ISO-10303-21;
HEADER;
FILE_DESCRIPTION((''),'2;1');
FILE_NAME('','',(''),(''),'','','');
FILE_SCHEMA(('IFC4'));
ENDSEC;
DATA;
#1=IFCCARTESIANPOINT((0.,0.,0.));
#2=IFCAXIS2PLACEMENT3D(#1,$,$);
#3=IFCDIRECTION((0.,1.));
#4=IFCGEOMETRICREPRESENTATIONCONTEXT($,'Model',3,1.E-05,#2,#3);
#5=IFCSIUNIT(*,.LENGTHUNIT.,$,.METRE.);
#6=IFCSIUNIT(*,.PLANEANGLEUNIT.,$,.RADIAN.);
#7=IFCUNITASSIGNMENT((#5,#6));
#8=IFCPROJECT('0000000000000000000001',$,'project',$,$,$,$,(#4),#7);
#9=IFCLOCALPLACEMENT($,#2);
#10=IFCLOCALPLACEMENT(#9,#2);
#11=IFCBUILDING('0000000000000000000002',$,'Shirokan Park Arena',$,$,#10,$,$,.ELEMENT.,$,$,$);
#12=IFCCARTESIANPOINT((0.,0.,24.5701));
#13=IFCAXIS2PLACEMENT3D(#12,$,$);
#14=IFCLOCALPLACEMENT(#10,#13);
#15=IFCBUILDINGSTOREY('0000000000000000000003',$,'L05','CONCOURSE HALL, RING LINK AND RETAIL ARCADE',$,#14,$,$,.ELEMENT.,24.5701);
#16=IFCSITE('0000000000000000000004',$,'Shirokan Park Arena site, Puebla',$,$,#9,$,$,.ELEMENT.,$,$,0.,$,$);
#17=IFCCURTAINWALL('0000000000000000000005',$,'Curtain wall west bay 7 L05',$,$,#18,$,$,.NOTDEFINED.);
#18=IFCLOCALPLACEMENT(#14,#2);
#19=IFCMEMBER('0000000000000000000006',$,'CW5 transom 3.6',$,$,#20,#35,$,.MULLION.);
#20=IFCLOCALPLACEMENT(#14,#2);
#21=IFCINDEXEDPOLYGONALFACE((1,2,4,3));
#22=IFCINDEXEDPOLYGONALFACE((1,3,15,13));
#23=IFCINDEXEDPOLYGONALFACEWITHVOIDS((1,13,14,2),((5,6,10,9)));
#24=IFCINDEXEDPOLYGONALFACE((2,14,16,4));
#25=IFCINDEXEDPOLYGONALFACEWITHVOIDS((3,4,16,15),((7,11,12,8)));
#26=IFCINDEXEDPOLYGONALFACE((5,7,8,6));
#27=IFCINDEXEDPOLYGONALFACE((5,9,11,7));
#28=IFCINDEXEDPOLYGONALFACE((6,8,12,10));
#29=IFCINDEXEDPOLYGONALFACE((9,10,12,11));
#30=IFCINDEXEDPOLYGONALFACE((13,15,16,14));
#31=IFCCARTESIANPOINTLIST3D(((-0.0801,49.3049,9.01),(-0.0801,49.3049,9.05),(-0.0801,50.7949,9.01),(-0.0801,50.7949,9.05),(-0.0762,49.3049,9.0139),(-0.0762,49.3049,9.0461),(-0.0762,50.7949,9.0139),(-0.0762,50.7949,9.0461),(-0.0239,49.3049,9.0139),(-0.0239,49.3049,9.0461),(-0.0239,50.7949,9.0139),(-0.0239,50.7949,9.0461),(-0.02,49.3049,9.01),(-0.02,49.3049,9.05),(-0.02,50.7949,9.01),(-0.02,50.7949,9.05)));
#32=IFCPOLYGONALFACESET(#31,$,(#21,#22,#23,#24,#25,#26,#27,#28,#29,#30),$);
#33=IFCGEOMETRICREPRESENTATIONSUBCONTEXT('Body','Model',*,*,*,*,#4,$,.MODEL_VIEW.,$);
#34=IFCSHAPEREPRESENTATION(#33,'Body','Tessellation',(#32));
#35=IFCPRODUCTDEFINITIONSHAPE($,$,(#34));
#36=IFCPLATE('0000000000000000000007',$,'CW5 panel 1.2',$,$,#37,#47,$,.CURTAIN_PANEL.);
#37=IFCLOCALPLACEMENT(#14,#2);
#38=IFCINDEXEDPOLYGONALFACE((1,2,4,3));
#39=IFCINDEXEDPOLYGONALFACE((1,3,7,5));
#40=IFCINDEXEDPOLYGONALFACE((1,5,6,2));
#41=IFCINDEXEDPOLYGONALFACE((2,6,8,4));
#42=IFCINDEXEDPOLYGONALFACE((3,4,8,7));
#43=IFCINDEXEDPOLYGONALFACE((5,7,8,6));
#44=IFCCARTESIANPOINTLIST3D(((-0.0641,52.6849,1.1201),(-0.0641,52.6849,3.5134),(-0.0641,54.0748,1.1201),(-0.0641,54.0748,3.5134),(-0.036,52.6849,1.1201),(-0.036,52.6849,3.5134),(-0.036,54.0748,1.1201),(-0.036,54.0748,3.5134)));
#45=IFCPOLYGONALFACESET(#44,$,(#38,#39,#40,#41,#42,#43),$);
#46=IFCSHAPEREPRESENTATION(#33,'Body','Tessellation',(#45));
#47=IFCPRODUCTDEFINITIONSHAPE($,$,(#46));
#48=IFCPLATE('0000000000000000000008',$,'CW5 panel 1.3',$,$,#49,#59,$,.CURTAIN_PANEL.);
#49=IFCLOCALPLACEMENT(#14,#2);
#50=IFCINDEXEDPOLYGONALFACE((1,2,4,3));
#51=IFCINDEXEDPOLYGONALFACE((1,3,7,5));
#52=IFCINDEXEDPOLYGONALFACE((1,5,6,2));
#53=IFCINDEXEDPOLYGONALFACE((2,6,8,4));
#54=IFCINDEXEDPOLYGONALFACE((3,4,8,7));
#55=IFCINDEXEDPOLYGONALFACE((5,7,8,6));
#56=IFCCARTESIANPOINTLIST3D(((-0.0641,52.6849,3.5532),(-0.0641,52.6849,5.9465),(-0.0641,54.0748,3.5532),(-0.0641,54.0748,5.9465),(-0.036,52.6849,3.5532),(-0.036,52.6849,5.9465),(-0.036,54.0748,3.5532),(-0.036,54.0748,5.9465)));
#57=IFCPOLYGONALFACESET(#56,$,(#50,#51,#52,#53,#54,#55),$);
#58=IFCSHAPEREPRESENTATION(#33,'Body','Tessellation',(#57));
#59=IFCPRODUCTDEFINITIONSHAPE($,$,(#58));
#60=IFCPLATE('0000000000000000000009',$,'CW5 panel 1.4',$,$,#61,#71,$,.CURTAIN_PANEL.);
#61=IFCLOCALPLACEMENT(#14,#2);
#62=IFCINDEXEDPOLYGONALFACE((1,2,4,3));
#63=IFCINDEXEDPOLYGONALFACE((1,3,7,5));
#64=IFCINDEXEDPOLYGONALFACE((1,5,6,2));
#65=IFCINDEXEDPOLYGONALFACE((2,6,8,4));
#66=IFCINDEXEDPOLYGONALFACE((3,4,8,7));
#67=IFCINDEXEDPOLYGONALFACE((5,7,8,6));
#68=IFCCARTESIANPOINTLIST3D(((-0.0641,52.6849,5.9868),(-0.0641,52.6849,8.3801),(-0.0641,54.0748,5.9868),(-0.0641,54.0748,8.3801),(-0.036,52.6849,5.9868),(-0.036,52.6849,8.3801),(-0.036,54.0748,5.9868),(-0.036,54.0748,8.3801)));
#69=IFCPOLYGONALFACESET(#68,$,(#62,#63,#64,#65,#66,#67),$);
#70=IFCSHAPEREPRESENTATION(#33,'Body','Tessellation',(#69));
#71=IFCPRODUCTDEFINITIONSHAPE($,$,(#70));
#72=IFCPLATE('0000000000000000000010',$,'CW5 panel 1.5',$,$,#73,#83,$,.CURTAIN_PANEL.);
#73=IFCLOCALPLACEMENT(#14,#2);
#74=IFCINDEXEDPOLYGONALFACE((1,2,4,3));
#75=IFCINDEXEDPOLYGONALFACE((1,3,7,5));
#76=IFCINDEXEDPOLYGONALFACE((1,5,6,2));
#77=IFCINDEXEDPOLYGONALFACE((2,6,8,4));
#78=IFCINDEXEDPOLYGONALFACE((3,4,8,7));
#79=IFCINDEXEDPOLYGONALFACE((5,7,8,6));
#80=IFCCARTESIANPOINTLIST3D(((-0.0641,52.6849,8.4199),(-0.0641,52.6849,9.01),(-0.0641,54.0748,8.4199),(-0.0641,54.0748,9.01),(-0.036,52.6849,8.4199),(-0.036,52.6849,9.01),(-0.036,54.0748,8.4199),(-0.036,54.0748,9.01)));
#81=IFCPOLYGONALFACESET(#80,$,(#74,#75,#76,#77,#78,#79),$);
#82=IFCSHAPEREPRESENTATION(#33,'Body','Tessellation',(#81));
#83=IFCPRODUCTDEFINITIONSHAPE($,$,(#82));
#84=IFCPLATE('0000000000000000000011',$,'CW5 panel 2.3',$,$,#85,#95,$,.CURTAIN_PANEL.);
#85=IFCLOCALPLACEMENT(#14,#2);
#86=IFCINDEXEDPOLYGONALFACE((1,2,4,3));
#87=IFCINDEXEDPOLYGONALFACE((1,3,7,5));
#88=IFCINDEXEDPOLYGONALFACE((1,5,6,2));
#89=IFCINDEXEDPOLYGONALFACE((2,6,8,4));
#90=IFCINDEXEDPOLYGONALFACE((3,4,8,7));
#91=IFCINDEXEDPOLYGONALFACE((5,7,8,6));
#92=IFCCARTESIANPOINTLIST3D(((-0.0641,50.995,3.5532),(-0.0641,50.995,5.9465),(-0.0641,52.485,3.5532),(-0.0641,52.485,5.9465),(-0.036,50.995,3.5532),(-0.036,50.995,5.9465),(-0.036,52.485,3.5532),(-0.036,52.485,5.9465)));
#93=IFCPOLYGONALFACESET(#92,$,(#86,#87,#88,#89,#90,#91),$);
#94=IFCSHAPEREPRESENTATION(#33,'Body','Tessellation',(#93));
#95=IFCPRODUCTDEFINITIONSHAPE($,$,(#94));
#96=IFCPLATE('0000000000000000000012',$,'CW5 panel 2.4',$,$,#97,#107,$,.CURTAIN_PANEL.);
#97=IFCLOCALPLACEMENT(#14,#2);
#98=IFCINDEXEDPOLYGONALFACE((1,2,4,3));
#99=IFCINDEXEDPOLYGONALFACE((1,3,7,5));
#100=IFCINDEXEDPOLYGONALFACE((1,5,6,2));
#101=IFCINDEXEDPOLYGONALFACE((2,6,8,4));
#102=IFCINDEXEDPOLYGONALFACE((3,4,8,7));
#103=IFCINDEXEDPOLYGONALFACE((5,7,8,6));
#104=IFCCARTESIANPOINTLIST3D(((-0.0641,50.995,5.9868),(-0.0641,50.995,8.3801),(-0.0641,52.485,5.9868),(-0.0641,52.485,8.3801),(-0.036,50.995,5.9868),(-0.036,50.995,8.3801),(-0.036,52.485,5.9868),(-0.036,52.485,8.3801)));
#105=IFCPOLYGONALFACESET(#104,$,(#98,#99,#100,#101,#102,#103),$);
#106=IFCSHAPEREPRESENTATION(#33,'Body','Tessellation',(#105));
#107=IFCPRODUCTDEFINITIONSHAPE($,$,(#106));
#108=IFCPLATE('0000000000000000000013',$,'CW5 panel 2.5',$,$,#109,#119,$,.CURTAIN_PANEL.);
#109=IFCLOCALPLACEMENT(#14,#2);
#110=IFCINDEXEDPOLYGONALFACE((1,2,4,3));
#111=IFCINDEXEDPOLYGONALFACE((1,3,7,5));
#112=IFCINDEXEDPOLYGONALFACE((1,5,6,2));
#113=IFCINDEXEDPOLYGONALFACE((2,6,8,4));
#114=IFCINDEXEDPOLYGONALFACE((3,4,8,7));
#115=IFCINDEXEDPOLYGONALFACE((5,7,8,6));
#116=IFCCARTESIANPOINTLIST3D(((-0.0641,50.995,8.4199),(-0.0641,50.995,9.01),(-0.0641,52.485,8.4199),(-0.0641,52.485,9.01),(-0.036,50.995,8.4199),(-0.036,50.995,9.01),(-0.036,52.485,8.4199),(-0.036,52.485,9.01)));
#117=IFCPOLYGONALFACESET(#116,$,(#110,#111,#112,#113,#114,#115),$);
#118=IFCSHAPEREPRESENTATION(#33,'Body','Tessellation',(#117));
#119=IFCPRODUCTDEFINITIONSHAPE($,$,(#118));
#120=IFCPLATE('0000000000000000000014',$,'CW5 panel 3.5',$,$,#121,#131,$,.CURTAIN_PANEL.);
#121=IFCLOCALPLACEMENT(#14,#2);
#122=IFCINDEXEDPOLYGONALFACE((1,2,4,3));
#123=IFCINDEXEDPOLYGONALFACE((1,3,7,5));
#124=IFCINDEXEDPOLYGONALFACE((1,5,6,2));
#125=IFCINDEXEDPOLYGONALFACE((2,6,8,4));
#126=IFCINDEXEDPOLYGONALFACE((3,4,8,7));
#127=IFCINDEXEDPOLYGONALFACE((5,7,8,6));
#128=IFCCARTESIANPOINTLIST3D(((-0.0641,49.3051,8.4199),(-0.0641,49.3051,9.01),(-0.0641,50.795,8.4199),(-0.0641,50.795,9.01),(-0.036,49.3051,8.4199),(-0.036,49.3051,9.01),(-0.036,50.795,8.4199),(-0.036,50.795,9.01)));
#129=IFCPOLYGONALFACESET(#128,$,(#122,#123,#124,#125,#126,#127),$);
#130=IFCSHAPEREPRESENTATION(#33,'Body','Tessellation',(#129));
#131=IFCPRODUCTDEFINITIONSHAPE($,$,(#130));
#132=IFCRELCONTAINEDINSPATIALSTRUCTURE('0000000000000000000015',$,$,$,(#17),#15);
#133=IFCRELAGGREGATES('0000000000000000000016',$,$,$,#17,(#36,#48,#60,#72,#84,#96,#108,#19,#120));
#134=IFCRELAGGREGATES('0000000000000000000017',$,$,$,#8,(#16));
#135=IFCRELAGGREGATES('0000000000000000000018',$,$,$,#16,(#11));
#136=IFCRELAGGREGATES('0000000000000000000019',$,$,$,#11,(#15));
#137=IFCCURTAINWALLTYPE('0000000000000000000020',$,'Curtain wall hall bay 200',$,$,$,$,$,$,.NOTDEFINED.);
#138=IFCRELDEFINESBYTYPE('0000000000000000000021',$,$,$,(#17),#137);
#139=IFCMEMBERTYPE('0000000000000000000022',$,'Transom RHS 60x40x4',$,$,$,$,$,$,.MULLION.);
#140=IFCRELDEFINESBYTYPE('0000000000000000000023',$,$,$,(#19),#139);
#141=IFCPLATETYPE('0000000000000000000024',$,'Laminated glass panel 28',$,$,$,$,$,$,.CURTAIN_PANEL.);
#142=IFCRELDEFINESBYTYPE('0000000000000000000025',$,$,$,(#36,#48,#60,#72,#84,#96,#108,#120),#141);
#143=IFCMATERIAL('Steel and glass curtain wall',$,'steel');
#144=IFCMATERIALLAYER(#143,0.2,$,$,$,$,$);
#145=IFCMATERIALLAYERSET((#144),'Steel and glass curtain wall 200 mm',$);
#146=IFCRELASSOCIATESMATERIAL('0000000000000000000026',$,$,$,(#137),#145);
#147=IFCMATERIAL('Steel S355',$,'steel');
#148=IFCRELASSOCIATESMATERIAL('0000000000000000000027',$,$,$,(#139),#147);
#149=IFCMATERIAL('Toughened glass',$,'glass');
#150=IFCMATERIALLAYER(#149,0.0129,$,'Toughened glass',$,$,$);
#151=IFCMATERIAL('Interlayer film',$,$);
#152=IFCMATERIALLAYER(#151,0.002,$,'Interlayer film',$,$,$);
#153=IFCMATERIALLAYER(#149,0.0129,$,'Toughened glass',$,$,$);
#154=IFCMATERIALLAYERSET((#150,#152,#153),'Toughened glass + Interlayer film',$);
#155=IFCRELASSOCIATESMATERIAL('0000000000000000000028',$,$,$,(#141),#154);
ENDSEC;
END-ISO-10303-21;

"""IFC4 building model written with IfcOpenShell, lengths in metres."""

from ifc_helpers import new_model, si_unit, direction, frame, origin, origin_2d, place, context, subcontext, project, spatial, rectangle, hollow_rectangle, extrude, material, layer, layer_set, material_profile, profile_set, type_object, element, aggregate, save


model = new_model("IFC4")

# Units and contexts
model_context = context("Model", 3, precision=1e-05, world=origin(), true_north=direction((0.0, 1.0)))
body_context = subcontext(model_context, "Body", "Model", "MODEL_VIEW")
ifc_project = project(units=[si_unit("LENGTHUNIT", "METRE"), si_unit("PLANEANGLEUNIT", "RADIAN")], contexts=[model_context])

# Site, building, storey
site_placement = place(None, origin())
site = spatial("IfcSite", under=ifc_project, at=site_placement, Name="Shirokan Park Arena site, Puebla", CompositionType="ELEMENT", RefElevation=0.0)
building_placement = place(site_placement, origin())
building = spatial("IfcBuilding", under=site, at=building_placement, Name="Shirokan Park Arena", CompositionType="ELEMENT")
storey_placement = place(building_placement, frame((0.0, 0.0, 24.5701)))
storey = spatial("IfcBuildingStorey", under=building, at=storey_placement, Name="L05", Description="CONCOURSE HALL, RING LINK AND RETAIL ARCADE", CompositionType="ELEMENT", Elevation=24.5701)

# Curtain wall, member, plates
ifc_material_1 = material(Name="Steel and glass curtain wall", Category="steel")
ifc_layer_1 = layer(ifc_material_1, 0.2)
ifc_layer_set_1 = layer_set([ifc_layer_1], Name="Steel and glass curtain wall 200 mm")
curtain_wall_type = type_object("IfcCurtainWallType", Name="Curtain wall hall bay 200", PredefinedType="NOTDEFINED", material=ifc_layer_set_1)
curtain_wall_placement = place(storey_placement, origin())
curtain_wall = element("IfcCurtainWall", 1, at=curtain_wall_placement, inside=storey, type_object=curtain_wall_type, Name="Curtain wall west bay 7 L05", PredefinedType="NOTDEFINED")
ifc_material_2 = material(Name="Steel S355", Category="steel")
ifc_material_profile = material_profile(ifc_material_2, hollow_rectangle(XDim=0.0601, YDim=0.04, WallThickness=0.0039, at=origin_2d()), Name="RHS 60x40x4")
ifc_profile_set = profile_set([ifc_material_profile], Name="Steel S355")
member_type = type_object("IfcMemberType", Name="Transom RHS 60x40x4", PredefinedType="MULLION", material=ifc_profile_set)
member_1_placement = place(storey_placement, frame((-0.05, 50.7949, 9.03), z_axis=(0.0, -1.0, 0.0), x_axis=(1.0, 0.0, 0.0)))
member_1 = element("IfcMember", 2, at=member_1_placement, type_object=member_type, Name="CW5 transom 3.6", PredefinedType="MULLION", context=body_context, shape_type="SweptSolid", body=[
    extrude(hollow_rectangle(XDim=0.0601, YDim=0.04, WallThickness=0.0039, at=origin_2d()), origin(), (0.0, 0.0, 1.0), 1.49),
])
ifc_material_3 = material(Name="Toughened glass", Category="glass")
ifc_layer_2 = layer(ifc_material_3, 0.0129, Name="Toughened glass")
ifc_material_4 = material(Name="Interlayer film")
ifc_layer_3 = layer(ifc_material_4, 0.002, Name="Interlayer film")
ifc_layer_4 = layer(ifc_material_3, 0.0129, Name="Toughened glass")
ifc_layer_set_2 = layer_set([ifc_layer_2, ifc_layer_3, ifc_layer_4], Name="Toughened glass + Interlayer film")
plate_type = type_object("IfcPlateType", Name="Laminated glass panel 28", PredefinedType="CURTAIN_PANEL", material=ifc_layer_set_2)
plate_1_placement = place(storey_placement, frame((-0.05, 53.3799, 1.1201), z_axis=(0.0, 0.0, 1.0), x_axis=(0.0, -1.0, 0.0)))
plate_1 = element("IfcPlate", 3, at=plate_1_placement, type_object=plate_type, Name="CW5 panel 1.2", PredefinedType="CURTAIN_PANEL", context=body_context, shape_type="SweptSolid", body=[
    extrude(rectangle(XDim=1.3899, YDim=0.0281, at=origin_2d()), origin(), (0.0, 0.0, 1.0), 2.3933),
])
plate_2_placement = place(storey_placement, frame((-0.05, 53.3799, 3.5532), z_axis=(0.0, 0.0, 1.0), x_axis=(0.0, -1.0, 0.0)))
plate_2 = element("IfcPlate", 4, at=plate_2_placement, type_object=plate_type, Name="CW5 panel 1.3", PredefinedType="CURTAIN_PANEL", context=body_context, shape_type="SweptSolid", body=[
    extrude(rectangle(XDim=1.3899, YDim=0.0281, at=origin_2d()), origin(), (0.0, 0.0, 1.0), 2.3933),
])
plate_3_placement = place(storey_placement, frame((-0.05, 53.3799, 5.9868), z_axis=(0.0, 0.0, 1.0), x_axis=(0.0, -1.0, 0.0)))
plate_3 = element("IfcPlate", 5, at=plate_3_placement, type_object=plate_type, Name="CW5 panel 1.4", PredefinedType="CURTAIN_PANEL", context=body_context, shape_type="SweptSolid", body=[
    extrude(rectangle(XDim=1.3899, YDim=0.0281, at=origin_2d()), origin(), (0.0, 0.0, 1.0), 2.3933),
])
plate_4_placement = place(storey_placement, frame((-0.05, 53.3799, 8.4199), z_axis=(0.0, 0.0, 1.0), x_axis=(0.0, -1.0, 0.0)))
plate_4 = element("IfcPlate", 6, at=plate_4_placement, type_object=plate_type, Name="CW5 panel 1.5", PredefinedType="CURTAIN_PANEL", context=body_context, shape_type="SweptSolid", body=[
    extrude(rectangle(XDim=1.3899, YDim=0.0281, at=origin_2d()), origin(), (0.0, 0.0, 1.0), 0.5901),
])
plate_5_placement = place(storey_placement, frame((-0.05, 51.74, 3.5532), z_axis=(0.0, 0.0, 1.0), x_axis=(0.0, -1.0, 0.0)))
plate_5 = element("IfcPlate", 7, at=plate_5_placement, type_object=plate_type, Name="CW5 panel 2.3", PredefinedType="CURTAIN_PANEL", context=body_context, shape_type="SweptSolid", body=[
    extrude(rectangle(XDim=1.49, YDim=0.0281, at=origin_2d()), origin(), (0.0, 0.0, 1.0), 2.3933),
])
plate_6_placement = place(storey_placement, frame((-0.05, 51.74, 5.9868), z_axis=(0.0, 0.0, 1.0), x_axis=(0.0, -1.0, 0.0)))
plate_6 = element("IfcPlate", 8, at=plate_6_placement, type_object=plate_type, Name="CW5 panel 2.4", PredefinedType="CURTAIN_PANEL", context=body_context, shape_type="SweptSolid", body=[
    extrude(rectangle(XDim=1.49, YDim=0.0281, at=origin_2d()), origin(), (0.0, 0.0, 1.0), 2.3933),
])
plate_7_placement = place(storey_placement, frame((-0.05, 51.74, 8.4199), z_axis=(0.0, 0.0, 1.0), x_axis=(0.0, -1.0, 0.0)))
plate_7 = element("IfcPlate", 9, at=plate_7_placement, type_object=plate_type, Name="CW5 panel 2.5", PredefinedType="CURTAIN_PANEL", context=body_context, shape_type="SweptSolid", body=[
    extrude(rectangle(XDim=1.49, YDim=0.0281, at=origin_2d()), origin(), (0.0, 0.0, 1.0), 0.5901),
])
plate_8_placement = place(storey_placement, frame((-0.05, 50.05, 8.4199), z_axis=(0.0, 0.0, 1.0), x_axis=(0.0, -1.0, 0.0)))
plate_8 = element("IfcPlate", 10, at=plate_8_placement, type_object=plate_type, Name="CW5 panel 3.5", PredefinedType="CURTAIN_PANEL", context=body_context, shape_type="SweptSolid", body=[
    extrude(rectangle(XDim=1.49, YDim=0.0281, at=origin_2d()), origin(), (0.0, 0.0, 1.0), 0.5901),
])
aggregate(curtain_wall, [plate_1, plate_2, plate_3, plate_4, plate_5, plate_6, plate_7, member_1, plate_8])

save(model, "model.ifc")
